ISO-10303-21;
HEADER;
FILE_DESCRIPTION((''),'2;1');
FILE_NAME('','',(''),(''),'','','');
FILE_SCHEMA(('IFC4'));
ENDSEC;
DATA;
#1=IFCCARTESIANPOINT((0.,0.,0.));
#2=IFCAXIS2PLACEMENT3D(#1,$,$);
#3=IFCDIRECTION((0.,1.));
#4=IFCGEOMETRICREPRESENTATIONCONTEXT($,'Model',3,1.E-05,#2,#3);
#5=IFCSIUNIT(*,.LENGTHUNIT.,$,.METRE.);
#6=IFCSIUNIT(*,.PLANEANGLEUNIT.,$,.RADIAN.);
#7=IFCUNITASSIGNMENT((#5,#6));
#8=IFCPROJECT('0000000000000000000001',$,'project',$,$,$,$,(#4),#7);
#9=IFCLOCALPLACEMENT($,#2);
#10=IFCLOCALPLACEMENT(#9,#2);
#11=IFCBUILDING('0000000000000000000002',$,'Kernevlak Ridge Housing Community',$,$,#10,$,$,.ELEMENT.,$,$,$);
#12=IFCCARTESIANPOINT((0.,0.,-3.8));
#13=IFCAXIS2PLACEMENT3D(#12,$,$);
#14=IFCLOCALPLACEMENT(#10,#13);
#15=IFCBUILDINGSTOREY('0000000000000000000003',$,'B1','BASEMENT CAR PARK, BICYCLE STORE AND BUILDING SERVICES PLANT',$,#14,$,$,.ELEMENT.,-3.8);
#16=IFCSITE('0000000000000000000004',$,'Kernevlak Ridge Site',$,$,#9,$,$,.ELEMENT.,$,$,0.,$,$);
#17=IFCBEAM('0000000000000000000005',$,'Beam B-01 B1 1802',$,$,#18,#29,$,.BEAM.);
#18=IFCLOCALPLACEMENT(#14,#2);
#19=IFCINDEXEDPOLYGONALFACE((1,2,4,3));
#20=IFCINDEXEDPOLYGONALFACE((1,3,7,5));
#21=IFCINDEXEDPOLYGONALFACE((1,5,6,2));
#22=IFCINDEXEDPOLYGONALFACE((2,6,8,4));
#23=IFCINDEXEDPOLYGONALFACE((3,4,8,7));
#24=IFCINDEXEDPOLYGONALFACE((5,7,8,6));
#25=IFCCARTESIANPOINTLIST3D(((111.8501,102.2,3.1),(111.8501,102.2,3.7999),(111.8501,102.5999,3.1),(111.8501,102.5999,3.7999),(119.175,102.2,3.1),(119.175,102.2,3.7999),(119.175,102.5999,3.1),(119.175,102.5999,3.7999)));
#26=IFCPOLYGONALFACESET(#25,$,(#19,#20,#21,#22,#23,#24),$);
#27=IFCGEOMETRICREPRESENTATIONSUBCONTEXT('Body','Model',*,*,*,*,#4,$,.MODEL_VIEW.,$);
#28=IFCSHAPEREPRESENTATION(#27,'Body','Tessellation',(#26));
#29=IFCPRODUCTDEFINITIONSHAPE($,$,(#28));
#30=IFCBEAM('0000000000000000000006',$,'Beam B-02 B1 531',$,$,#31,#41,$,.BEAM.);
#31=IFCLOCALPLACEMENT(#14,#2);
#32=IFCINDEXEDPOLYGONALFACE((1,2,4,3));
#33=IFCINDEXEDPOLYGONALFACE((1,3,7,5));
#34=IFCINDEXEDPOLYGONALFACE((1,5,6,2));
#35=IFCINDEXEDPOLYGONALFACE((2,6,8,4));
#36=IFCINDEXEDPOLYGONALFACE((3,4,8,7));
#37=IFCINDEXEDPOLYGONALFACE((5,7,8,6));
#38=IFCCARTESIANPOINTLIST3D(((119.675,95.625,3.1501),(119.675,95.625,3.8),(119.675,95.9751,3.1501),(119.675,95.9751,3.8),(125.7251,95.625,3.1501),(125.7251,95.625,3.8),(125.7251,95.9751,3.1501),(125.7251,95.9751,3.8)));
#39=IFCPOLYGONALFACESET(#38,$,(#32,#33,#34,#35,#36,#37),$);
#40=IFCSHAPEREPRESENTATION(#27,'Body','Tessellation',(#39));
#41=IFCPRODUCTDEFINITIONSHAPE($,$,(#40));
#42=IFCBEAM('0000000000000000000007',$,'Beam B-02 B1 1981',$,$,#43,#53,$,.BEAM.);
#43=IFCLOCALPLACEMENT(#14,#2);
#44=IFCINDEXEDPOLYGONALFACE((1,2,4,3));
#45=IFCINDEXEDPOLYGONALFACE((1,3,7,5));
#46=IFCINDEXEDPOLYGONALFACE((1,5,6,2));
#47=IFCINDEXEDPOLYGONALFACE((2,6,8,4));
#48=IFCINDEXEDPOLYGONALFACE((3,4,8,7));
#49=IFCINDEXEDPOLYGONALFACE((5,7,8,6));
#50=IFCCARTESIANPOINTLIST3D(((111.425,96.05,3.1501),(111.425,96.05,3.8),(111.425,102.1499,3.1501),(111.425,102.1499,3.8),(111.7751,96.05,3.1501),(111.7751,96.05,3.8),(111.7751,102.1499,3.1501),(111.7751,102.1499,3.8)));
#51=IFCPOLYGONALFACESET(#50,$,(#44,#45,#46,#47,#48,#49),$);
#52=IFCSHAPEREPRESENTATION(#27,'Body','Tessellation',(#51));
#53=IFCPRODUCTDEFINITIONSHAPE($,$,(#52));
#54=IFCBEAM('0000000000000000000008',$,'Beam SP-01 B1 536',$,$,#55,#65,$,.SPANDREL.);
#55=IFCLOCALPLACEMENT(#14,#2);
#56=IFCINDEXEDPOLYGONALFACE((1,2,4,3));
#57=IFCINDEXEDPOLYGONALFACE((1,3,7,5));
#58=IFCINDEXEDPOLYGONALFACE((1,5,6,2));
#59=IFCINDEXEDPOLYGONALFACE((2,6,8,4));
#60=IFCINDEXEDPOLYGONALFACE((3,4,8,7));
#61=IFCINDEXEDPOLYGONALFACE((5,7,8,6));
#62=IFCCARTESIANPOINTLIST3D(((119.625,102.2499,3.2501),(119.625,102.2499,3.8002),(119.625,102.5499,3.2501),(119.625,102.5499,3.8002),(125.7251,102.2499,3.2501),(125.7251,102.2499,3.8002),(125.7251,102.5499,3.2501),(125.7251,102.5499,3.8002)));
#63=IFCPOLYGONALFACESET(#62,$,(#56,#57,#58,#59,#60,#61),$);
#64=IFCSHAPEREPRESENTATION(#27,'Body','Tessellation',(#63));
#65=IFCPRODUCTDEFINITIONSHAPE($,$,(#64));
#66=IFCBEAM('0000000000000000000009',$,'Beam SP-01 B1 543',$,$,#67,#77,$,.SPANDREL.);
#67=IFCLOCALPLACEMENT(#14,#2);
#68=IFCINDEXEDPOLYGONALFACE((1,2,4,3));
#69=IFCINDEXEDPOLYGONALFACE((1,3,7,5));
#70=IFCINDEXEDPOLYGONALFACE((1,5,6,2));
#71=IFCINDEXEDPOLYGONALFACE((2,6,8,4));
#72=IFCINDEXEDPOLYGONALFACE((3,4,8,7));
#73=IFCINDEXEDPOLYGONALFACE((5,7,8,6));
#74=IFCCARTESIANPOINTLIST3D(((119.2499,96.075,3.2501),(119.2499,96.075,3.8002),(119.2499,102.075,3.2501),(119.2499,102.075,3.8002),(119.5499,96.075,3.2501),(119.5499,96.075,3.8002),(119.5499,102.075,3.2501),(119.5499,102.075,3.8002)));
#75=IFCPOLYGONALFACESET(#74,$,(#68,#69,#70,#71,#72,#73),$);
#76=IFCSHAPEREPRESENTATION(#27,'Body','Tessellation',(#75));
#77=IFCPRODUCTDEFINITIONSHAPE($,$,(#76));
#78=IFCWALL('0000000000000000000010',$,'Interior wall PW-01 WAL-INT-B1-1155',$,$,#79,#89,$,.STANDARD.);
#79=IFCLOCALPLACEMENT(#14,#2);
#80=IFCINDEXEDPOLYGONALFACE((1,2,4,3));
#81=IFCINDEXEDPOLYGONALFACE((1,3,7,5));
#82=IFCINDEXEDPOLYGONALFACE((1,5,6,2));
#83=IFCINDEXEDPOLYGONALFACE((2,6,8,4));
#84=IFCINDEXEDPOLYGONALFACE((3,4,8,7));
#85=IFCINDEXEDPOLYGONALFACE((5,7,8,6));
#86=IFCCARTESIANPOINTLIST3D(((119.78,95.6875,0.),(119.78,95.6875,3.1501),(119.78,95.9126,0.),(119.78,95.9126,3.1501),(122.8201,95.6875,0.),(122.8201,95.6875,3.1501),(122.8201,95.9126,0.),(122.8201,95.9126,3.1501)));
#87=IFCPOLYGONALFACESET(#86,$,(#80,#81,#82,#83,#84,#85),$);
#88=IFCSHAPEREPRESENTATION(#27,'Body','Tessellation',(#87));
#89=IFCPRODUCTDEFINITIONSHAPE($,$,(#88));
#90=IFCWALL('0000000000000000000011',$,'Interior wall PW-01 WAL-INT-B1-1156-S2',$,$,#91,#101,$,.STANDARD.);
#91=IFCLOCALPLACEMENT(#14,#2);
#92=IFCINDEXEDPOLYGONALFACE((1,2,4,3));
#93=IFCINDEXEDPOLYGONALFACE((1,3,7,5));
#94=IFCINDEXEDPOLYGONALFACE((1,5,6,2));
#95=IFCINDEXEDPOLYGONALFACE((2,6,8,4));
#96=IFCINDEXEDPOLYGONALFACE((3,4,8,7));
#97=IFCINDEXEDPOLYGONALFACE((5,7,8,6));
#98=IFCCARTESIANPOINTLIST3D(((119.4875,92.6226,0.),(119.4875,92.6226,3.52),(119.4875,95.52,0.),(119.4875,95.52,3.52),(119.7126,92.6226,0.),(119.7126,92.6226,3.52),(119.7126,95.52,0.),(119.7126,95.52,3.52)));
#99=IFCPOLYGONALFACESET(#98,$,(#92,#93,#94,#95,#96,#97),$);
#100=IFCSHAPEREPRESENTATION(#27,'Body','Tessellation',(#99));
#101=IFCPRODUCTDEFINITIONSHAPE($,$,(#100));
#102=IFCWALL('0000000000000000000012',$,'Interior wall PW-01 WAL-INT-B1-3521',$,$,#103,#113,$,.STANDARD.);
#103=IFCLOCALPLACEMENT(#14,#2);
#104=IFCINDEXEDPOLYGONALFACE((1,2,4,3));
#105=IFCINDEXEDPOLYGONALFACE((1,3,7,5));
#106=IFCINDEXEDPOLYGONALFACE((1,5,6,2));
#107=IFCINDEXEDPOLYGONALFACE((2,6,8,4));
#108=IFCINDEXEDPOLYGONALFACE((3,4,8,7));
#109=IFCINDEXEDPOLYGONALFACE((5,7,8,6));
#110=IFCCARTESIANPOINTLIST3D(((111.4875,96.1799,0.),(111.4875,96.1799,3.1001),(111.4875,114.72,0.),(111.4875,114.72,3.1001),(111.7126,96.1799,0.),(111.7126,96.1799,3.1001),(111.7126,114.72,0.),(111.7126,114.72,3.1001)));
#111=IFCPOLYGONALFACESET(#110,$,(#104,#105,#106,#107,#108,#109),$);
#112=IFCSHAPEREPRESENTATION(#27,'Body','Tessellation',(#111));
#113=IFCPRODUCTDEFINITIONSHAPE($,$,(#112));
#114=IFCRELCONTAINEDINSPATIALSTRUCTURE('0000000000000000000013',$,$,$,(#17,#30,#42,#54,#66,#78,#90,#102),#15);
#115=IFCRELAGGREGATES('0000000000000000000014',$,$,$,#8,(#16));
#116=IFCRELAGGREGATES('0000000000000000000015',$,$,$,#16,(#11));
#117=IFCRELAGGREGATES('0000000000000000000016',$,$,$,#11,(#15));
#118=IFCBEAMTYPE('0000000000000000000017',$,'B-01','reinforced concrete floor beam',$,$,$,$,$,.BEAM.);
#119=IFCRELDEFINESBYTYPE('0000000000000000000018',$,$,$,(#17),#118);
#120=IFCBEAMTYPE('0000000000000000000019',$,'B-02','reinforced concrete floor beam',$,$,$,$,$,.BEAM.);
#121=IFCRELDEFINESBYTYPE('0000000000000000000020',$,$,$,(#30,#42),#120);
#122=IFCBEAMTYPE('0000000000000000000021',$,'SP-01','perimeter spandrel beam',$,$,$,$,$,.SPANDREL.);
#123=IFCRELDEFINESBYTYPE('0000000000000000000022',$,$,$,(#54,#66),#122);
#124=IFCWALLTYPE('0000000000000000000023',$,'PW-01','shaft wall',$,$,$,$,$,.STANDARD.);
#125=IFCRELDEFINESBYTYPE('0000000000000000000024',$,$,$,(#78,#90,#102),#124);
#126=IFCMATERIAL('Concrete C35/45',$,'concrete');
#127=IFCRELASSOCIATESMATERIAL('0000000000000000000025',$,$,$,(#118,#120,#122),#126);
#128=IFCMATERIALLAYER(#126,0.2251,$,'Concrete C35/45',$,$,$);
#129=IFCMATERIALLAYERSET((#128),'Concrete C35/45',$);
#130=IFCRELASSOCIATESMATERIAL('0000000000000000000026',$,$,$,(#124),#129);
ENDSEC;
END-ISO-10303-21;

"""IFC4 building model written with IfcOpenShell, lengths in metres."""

from ifc_helpers import new_model, si_unit, direction, frame, frame_2d, origin, origin_2d, place, context, subcontext, project, spatial, rectangle, extrude, material, layer, layer_set, material_profile, profile_set, type_object, element, save


model = new_model("IFC4")

# Units and contexts
model_context = context("Model", 3, precision=1e-05, world=origin(), true_north=direction((0.0, 1.0)))
body_context = subcontext(model_context, "Body", "Model", "MODEL_VIEW")
ifc_project = project(units=[si_unit("LENGTHUNIT", "METRE"), si_unit("PLANEANGLEUNIT", "RADIAN")], contexts=[model_context])

# Site, building, storey
site_placement = place(None, origin())
site = spatial("IfcSite", under=ifc_project, at=site_placement, Name="Kernevlak Ridge Site", CompositionType="ELEMENT", RefElevation=0.0)
building_placement = place(site_placement, origin())
building = spatial("IfcBuilding", under=site, at=building_placement, Name="Kernevlak Ridge Housing Community", CompositionType="ELEMENT")
storey_placement = place(building_placement, frame((0.0, 0.0, -3.8)))
storey = spatial("IfcBuildingStorey", under=building, at=storey_placement, Name="B1", Description="BASEMENT CAR PARK, BICYCLE STORE AND BUILDING SERVICES PLANT", CompositionType="ELEMENT", Elevation=-3.8)

# Shared definitions
ifc_material_1 = material(Name="Concrete C35/45", Category="concrete")

# Beams
ifc_material_profile_1 = material_profile(ifc_material_1, rectangle(XDim=0.3999, YDim=0.7, at=origin_2d()), Name="RC 400x700")
ifc_profile_set_1 = profile_set([ifc_material_profile_1], Name="Concrete C35/45")
beam_type_1 = type_object("IfcBeamType", Name="B-01", Description="reinforced concrete floor beam", PredefinedType="BEAM", material=ifc_profile_set_1)
beam_1_placement = place(storey_placement, frame((111.8501, 102.3999, 3.45), z_axis=(1.0, 0.0, 0.0), x_axis=(0.0, 1.0, 0.0)))
element("IfcBeam", 1, at=beam_1_placement, inside=storey, type_object=beam_type_1, Name="Beam B-01 B1 1802", PredefinedType="BEAM", context=body_context, shape_type="SweptSolid", body=[
    extrude(rectangle(XDim=0.3999, YDim=0.7, at=origin_2d()), origin(), (0.0, 0.0, 1.0), 7.325),
])
ifc_material_profile_2 = material_profile(ifc_material_1, rectangle(XDim=0.3501, YDim=0.6499, at=origin_2d()), Name="RC 350x650")
ifc_profile_set_2 = profile_set([ifc_material_profile_2], Name="Concrete C35/45")
beam_type_2 = type_object("IfcBeamType", Name="B-02", Description="reinforced concrete floor beam", PredefinedType="BEAM", material=ifc_profile_set_2)
beam_2_placement = place(storey_placement, frame((119.675, 95.8, 3.4751), z_axis=(1.0, 0.0, 0.0), x_axis=(0.0, 1.0, 0.0)))
element("IfcBeam", 2, at=beam_2_placement, inside=storey, type_object=beam_type_2, Name="Beam B-02 B1 531", PredefinedType="BEAM", context=body_context, shape_type="SweptSolid", body=[
    extrude(rectangle(XDim=0.3501, YDim=0.6499, at=origin_2d()), origin(), (0.0, 0.0, 1.0), 6.05),
])
beam_3_placement = place(storey_placement, frame((111.6001, 96.05, 3.4751), z_axis=(0.0, 1.0, 0.0), x_axis=(-1.0, 0.0, 0.0)))
element("IfcBeam", 3, at=beam_3_placement, inside=storey, type_object=beam_type_2, Name="Beam B-02 B1 1981", PredefinedType="BEAM", context=body_context, shape_type="SweptSolid", body=[
    extrude(rectangle(XDim=0.3501, YDim=0.6499, at=origin_2d()), origin(), (0.0, 0.0, 1.0), 6.0999),
])
ifc_material_profile_3 = material_profile(ifc_material_1, rectangle(XDim=0.3, YDim=0.55, at=origin_2d()), Name="RC 300x550")
ifc_profile_set_3 = profile_set([ifc_material_profile_3], Name="Concrete C35/45")
beam_type_3 = type_object("IfcBeamType", Name="SP-01", Description="perimeter spandrel beam", PredefinedType="SPANDREL", material=ifc_profile_set_3)
beam_4_placement = place(storey_placement, frame((119.625, 102.3999, 3.5251), z_axis=(1.0, 0.0, 0.0), x_axis=(0.0, 1.0, 0.0)))
element("IfcBeam", 4, at=beam_4_placement, inside=storey, type_object=beam_type_3, Name="Beam SP-01 B1 536", PredefinedType="SPANDREL", context=body_context, shape_type="SweptSolid", body=[
    extrude(rectangle(XDim=0.3, YDim=0.55, at=origin_2d()), origin(), (0.0, 0.0, 1.0), 6.1001),
])
beam_5_placement = place(storey_placement, frame((119.3999, 96.075, 3.5251), z_axis=(0.0, 1.0, 0.0), x_axis=(-1.0, 0.0, 0.0)))
element("IfcBeam", 5, at=beam_5_placement, inside=storey, type_object=beam_type_3, Name="Beam SP-01 B1 543", PredefinedType="SPANDREL", context=body_context, shape_type="SweptSolid", body=[
    extrude(rectangle(XDim=0.3, YDim=0.55, at=origin_2d()), origin(), (0.0, 0.0, 1.0), 6.0),
])

# Shared definitions
ifc_layer = layer(ifc_material_1, 0.2251, Name="Concrete C35/45")
ifc_layer_set = layer_set([ifc_layer], Name="Concrete C35/45")
wall_type = type_object("IfcWallType", Name="PW-01", Description="shaft wall", PredefinedType="STANDARD", material=ifc_layer_set)

# Walls
wall_1_placement = place(storey_placement, frame((119.78, 95.8, 0.0), z_axis=(0.0, 0.0, 1.0), x_axis=(1.0, 0.0, 0.0)))
element("IfcWall", 6, at=wall_1_placement, inside=storey, type_object=wall_type, Name="Interior wall PW-01 WAL-INT-B1-1155", PredefinedType="STANDARD", context=body_context, shape_type="SweptSolid", body=[
    extrude(rectangle(XDim=3.04, YDim=0.2251, at=frame_2d((1.52, 0.0))), origin(), (0.0, 0.0, 1.0), 3.1501),
])
wall_2_placement = place(storey_placement, frame((119.6001, 92.6226, 0.0), z_axis=(0.0, 0.0, 1.0), x_axis=(0.0, 1.0, 0.0)))
element("IfcWall", 7, at=wall_2_placement, inside=storey, type_object=wall_type, Name="Interior wall PW-01 WAL-INT-B1-1156-S2", PredefinedType="STANDARD", context=body_context, shape_type="SweptSolid", body=[
    extrude(rectangle(XDim=2.8975, YDim=0.2251, at=frame_2d((1.4487, 0.0))), origin(), (0.0, 0.0, 1.0), 3.52),
])
wall_3_placement = place(storey_placement, frame((111.6001, 96.1799, 0.0), z_axis=(0.0, 0.0, 1.0), x_axis=(0.0, 1.0, 0.0)))
element("IfcWall", 8, at=wall_3_placement, inside=storey, type_object=wall_type, Name="Interior wall PW-01 WAL-INT-B1-3521", PredefinedType="STANDARD", context=body_context, shape_type="SweptSolid", body=[
    extrude(rectangle(XDim=18.54, YDim=0.2251, at=frame_2d((9.27, 0.0))), origin(), (0.0, 0.0, 1.0), 3.1001),
])

save(model, "model.ifc")
